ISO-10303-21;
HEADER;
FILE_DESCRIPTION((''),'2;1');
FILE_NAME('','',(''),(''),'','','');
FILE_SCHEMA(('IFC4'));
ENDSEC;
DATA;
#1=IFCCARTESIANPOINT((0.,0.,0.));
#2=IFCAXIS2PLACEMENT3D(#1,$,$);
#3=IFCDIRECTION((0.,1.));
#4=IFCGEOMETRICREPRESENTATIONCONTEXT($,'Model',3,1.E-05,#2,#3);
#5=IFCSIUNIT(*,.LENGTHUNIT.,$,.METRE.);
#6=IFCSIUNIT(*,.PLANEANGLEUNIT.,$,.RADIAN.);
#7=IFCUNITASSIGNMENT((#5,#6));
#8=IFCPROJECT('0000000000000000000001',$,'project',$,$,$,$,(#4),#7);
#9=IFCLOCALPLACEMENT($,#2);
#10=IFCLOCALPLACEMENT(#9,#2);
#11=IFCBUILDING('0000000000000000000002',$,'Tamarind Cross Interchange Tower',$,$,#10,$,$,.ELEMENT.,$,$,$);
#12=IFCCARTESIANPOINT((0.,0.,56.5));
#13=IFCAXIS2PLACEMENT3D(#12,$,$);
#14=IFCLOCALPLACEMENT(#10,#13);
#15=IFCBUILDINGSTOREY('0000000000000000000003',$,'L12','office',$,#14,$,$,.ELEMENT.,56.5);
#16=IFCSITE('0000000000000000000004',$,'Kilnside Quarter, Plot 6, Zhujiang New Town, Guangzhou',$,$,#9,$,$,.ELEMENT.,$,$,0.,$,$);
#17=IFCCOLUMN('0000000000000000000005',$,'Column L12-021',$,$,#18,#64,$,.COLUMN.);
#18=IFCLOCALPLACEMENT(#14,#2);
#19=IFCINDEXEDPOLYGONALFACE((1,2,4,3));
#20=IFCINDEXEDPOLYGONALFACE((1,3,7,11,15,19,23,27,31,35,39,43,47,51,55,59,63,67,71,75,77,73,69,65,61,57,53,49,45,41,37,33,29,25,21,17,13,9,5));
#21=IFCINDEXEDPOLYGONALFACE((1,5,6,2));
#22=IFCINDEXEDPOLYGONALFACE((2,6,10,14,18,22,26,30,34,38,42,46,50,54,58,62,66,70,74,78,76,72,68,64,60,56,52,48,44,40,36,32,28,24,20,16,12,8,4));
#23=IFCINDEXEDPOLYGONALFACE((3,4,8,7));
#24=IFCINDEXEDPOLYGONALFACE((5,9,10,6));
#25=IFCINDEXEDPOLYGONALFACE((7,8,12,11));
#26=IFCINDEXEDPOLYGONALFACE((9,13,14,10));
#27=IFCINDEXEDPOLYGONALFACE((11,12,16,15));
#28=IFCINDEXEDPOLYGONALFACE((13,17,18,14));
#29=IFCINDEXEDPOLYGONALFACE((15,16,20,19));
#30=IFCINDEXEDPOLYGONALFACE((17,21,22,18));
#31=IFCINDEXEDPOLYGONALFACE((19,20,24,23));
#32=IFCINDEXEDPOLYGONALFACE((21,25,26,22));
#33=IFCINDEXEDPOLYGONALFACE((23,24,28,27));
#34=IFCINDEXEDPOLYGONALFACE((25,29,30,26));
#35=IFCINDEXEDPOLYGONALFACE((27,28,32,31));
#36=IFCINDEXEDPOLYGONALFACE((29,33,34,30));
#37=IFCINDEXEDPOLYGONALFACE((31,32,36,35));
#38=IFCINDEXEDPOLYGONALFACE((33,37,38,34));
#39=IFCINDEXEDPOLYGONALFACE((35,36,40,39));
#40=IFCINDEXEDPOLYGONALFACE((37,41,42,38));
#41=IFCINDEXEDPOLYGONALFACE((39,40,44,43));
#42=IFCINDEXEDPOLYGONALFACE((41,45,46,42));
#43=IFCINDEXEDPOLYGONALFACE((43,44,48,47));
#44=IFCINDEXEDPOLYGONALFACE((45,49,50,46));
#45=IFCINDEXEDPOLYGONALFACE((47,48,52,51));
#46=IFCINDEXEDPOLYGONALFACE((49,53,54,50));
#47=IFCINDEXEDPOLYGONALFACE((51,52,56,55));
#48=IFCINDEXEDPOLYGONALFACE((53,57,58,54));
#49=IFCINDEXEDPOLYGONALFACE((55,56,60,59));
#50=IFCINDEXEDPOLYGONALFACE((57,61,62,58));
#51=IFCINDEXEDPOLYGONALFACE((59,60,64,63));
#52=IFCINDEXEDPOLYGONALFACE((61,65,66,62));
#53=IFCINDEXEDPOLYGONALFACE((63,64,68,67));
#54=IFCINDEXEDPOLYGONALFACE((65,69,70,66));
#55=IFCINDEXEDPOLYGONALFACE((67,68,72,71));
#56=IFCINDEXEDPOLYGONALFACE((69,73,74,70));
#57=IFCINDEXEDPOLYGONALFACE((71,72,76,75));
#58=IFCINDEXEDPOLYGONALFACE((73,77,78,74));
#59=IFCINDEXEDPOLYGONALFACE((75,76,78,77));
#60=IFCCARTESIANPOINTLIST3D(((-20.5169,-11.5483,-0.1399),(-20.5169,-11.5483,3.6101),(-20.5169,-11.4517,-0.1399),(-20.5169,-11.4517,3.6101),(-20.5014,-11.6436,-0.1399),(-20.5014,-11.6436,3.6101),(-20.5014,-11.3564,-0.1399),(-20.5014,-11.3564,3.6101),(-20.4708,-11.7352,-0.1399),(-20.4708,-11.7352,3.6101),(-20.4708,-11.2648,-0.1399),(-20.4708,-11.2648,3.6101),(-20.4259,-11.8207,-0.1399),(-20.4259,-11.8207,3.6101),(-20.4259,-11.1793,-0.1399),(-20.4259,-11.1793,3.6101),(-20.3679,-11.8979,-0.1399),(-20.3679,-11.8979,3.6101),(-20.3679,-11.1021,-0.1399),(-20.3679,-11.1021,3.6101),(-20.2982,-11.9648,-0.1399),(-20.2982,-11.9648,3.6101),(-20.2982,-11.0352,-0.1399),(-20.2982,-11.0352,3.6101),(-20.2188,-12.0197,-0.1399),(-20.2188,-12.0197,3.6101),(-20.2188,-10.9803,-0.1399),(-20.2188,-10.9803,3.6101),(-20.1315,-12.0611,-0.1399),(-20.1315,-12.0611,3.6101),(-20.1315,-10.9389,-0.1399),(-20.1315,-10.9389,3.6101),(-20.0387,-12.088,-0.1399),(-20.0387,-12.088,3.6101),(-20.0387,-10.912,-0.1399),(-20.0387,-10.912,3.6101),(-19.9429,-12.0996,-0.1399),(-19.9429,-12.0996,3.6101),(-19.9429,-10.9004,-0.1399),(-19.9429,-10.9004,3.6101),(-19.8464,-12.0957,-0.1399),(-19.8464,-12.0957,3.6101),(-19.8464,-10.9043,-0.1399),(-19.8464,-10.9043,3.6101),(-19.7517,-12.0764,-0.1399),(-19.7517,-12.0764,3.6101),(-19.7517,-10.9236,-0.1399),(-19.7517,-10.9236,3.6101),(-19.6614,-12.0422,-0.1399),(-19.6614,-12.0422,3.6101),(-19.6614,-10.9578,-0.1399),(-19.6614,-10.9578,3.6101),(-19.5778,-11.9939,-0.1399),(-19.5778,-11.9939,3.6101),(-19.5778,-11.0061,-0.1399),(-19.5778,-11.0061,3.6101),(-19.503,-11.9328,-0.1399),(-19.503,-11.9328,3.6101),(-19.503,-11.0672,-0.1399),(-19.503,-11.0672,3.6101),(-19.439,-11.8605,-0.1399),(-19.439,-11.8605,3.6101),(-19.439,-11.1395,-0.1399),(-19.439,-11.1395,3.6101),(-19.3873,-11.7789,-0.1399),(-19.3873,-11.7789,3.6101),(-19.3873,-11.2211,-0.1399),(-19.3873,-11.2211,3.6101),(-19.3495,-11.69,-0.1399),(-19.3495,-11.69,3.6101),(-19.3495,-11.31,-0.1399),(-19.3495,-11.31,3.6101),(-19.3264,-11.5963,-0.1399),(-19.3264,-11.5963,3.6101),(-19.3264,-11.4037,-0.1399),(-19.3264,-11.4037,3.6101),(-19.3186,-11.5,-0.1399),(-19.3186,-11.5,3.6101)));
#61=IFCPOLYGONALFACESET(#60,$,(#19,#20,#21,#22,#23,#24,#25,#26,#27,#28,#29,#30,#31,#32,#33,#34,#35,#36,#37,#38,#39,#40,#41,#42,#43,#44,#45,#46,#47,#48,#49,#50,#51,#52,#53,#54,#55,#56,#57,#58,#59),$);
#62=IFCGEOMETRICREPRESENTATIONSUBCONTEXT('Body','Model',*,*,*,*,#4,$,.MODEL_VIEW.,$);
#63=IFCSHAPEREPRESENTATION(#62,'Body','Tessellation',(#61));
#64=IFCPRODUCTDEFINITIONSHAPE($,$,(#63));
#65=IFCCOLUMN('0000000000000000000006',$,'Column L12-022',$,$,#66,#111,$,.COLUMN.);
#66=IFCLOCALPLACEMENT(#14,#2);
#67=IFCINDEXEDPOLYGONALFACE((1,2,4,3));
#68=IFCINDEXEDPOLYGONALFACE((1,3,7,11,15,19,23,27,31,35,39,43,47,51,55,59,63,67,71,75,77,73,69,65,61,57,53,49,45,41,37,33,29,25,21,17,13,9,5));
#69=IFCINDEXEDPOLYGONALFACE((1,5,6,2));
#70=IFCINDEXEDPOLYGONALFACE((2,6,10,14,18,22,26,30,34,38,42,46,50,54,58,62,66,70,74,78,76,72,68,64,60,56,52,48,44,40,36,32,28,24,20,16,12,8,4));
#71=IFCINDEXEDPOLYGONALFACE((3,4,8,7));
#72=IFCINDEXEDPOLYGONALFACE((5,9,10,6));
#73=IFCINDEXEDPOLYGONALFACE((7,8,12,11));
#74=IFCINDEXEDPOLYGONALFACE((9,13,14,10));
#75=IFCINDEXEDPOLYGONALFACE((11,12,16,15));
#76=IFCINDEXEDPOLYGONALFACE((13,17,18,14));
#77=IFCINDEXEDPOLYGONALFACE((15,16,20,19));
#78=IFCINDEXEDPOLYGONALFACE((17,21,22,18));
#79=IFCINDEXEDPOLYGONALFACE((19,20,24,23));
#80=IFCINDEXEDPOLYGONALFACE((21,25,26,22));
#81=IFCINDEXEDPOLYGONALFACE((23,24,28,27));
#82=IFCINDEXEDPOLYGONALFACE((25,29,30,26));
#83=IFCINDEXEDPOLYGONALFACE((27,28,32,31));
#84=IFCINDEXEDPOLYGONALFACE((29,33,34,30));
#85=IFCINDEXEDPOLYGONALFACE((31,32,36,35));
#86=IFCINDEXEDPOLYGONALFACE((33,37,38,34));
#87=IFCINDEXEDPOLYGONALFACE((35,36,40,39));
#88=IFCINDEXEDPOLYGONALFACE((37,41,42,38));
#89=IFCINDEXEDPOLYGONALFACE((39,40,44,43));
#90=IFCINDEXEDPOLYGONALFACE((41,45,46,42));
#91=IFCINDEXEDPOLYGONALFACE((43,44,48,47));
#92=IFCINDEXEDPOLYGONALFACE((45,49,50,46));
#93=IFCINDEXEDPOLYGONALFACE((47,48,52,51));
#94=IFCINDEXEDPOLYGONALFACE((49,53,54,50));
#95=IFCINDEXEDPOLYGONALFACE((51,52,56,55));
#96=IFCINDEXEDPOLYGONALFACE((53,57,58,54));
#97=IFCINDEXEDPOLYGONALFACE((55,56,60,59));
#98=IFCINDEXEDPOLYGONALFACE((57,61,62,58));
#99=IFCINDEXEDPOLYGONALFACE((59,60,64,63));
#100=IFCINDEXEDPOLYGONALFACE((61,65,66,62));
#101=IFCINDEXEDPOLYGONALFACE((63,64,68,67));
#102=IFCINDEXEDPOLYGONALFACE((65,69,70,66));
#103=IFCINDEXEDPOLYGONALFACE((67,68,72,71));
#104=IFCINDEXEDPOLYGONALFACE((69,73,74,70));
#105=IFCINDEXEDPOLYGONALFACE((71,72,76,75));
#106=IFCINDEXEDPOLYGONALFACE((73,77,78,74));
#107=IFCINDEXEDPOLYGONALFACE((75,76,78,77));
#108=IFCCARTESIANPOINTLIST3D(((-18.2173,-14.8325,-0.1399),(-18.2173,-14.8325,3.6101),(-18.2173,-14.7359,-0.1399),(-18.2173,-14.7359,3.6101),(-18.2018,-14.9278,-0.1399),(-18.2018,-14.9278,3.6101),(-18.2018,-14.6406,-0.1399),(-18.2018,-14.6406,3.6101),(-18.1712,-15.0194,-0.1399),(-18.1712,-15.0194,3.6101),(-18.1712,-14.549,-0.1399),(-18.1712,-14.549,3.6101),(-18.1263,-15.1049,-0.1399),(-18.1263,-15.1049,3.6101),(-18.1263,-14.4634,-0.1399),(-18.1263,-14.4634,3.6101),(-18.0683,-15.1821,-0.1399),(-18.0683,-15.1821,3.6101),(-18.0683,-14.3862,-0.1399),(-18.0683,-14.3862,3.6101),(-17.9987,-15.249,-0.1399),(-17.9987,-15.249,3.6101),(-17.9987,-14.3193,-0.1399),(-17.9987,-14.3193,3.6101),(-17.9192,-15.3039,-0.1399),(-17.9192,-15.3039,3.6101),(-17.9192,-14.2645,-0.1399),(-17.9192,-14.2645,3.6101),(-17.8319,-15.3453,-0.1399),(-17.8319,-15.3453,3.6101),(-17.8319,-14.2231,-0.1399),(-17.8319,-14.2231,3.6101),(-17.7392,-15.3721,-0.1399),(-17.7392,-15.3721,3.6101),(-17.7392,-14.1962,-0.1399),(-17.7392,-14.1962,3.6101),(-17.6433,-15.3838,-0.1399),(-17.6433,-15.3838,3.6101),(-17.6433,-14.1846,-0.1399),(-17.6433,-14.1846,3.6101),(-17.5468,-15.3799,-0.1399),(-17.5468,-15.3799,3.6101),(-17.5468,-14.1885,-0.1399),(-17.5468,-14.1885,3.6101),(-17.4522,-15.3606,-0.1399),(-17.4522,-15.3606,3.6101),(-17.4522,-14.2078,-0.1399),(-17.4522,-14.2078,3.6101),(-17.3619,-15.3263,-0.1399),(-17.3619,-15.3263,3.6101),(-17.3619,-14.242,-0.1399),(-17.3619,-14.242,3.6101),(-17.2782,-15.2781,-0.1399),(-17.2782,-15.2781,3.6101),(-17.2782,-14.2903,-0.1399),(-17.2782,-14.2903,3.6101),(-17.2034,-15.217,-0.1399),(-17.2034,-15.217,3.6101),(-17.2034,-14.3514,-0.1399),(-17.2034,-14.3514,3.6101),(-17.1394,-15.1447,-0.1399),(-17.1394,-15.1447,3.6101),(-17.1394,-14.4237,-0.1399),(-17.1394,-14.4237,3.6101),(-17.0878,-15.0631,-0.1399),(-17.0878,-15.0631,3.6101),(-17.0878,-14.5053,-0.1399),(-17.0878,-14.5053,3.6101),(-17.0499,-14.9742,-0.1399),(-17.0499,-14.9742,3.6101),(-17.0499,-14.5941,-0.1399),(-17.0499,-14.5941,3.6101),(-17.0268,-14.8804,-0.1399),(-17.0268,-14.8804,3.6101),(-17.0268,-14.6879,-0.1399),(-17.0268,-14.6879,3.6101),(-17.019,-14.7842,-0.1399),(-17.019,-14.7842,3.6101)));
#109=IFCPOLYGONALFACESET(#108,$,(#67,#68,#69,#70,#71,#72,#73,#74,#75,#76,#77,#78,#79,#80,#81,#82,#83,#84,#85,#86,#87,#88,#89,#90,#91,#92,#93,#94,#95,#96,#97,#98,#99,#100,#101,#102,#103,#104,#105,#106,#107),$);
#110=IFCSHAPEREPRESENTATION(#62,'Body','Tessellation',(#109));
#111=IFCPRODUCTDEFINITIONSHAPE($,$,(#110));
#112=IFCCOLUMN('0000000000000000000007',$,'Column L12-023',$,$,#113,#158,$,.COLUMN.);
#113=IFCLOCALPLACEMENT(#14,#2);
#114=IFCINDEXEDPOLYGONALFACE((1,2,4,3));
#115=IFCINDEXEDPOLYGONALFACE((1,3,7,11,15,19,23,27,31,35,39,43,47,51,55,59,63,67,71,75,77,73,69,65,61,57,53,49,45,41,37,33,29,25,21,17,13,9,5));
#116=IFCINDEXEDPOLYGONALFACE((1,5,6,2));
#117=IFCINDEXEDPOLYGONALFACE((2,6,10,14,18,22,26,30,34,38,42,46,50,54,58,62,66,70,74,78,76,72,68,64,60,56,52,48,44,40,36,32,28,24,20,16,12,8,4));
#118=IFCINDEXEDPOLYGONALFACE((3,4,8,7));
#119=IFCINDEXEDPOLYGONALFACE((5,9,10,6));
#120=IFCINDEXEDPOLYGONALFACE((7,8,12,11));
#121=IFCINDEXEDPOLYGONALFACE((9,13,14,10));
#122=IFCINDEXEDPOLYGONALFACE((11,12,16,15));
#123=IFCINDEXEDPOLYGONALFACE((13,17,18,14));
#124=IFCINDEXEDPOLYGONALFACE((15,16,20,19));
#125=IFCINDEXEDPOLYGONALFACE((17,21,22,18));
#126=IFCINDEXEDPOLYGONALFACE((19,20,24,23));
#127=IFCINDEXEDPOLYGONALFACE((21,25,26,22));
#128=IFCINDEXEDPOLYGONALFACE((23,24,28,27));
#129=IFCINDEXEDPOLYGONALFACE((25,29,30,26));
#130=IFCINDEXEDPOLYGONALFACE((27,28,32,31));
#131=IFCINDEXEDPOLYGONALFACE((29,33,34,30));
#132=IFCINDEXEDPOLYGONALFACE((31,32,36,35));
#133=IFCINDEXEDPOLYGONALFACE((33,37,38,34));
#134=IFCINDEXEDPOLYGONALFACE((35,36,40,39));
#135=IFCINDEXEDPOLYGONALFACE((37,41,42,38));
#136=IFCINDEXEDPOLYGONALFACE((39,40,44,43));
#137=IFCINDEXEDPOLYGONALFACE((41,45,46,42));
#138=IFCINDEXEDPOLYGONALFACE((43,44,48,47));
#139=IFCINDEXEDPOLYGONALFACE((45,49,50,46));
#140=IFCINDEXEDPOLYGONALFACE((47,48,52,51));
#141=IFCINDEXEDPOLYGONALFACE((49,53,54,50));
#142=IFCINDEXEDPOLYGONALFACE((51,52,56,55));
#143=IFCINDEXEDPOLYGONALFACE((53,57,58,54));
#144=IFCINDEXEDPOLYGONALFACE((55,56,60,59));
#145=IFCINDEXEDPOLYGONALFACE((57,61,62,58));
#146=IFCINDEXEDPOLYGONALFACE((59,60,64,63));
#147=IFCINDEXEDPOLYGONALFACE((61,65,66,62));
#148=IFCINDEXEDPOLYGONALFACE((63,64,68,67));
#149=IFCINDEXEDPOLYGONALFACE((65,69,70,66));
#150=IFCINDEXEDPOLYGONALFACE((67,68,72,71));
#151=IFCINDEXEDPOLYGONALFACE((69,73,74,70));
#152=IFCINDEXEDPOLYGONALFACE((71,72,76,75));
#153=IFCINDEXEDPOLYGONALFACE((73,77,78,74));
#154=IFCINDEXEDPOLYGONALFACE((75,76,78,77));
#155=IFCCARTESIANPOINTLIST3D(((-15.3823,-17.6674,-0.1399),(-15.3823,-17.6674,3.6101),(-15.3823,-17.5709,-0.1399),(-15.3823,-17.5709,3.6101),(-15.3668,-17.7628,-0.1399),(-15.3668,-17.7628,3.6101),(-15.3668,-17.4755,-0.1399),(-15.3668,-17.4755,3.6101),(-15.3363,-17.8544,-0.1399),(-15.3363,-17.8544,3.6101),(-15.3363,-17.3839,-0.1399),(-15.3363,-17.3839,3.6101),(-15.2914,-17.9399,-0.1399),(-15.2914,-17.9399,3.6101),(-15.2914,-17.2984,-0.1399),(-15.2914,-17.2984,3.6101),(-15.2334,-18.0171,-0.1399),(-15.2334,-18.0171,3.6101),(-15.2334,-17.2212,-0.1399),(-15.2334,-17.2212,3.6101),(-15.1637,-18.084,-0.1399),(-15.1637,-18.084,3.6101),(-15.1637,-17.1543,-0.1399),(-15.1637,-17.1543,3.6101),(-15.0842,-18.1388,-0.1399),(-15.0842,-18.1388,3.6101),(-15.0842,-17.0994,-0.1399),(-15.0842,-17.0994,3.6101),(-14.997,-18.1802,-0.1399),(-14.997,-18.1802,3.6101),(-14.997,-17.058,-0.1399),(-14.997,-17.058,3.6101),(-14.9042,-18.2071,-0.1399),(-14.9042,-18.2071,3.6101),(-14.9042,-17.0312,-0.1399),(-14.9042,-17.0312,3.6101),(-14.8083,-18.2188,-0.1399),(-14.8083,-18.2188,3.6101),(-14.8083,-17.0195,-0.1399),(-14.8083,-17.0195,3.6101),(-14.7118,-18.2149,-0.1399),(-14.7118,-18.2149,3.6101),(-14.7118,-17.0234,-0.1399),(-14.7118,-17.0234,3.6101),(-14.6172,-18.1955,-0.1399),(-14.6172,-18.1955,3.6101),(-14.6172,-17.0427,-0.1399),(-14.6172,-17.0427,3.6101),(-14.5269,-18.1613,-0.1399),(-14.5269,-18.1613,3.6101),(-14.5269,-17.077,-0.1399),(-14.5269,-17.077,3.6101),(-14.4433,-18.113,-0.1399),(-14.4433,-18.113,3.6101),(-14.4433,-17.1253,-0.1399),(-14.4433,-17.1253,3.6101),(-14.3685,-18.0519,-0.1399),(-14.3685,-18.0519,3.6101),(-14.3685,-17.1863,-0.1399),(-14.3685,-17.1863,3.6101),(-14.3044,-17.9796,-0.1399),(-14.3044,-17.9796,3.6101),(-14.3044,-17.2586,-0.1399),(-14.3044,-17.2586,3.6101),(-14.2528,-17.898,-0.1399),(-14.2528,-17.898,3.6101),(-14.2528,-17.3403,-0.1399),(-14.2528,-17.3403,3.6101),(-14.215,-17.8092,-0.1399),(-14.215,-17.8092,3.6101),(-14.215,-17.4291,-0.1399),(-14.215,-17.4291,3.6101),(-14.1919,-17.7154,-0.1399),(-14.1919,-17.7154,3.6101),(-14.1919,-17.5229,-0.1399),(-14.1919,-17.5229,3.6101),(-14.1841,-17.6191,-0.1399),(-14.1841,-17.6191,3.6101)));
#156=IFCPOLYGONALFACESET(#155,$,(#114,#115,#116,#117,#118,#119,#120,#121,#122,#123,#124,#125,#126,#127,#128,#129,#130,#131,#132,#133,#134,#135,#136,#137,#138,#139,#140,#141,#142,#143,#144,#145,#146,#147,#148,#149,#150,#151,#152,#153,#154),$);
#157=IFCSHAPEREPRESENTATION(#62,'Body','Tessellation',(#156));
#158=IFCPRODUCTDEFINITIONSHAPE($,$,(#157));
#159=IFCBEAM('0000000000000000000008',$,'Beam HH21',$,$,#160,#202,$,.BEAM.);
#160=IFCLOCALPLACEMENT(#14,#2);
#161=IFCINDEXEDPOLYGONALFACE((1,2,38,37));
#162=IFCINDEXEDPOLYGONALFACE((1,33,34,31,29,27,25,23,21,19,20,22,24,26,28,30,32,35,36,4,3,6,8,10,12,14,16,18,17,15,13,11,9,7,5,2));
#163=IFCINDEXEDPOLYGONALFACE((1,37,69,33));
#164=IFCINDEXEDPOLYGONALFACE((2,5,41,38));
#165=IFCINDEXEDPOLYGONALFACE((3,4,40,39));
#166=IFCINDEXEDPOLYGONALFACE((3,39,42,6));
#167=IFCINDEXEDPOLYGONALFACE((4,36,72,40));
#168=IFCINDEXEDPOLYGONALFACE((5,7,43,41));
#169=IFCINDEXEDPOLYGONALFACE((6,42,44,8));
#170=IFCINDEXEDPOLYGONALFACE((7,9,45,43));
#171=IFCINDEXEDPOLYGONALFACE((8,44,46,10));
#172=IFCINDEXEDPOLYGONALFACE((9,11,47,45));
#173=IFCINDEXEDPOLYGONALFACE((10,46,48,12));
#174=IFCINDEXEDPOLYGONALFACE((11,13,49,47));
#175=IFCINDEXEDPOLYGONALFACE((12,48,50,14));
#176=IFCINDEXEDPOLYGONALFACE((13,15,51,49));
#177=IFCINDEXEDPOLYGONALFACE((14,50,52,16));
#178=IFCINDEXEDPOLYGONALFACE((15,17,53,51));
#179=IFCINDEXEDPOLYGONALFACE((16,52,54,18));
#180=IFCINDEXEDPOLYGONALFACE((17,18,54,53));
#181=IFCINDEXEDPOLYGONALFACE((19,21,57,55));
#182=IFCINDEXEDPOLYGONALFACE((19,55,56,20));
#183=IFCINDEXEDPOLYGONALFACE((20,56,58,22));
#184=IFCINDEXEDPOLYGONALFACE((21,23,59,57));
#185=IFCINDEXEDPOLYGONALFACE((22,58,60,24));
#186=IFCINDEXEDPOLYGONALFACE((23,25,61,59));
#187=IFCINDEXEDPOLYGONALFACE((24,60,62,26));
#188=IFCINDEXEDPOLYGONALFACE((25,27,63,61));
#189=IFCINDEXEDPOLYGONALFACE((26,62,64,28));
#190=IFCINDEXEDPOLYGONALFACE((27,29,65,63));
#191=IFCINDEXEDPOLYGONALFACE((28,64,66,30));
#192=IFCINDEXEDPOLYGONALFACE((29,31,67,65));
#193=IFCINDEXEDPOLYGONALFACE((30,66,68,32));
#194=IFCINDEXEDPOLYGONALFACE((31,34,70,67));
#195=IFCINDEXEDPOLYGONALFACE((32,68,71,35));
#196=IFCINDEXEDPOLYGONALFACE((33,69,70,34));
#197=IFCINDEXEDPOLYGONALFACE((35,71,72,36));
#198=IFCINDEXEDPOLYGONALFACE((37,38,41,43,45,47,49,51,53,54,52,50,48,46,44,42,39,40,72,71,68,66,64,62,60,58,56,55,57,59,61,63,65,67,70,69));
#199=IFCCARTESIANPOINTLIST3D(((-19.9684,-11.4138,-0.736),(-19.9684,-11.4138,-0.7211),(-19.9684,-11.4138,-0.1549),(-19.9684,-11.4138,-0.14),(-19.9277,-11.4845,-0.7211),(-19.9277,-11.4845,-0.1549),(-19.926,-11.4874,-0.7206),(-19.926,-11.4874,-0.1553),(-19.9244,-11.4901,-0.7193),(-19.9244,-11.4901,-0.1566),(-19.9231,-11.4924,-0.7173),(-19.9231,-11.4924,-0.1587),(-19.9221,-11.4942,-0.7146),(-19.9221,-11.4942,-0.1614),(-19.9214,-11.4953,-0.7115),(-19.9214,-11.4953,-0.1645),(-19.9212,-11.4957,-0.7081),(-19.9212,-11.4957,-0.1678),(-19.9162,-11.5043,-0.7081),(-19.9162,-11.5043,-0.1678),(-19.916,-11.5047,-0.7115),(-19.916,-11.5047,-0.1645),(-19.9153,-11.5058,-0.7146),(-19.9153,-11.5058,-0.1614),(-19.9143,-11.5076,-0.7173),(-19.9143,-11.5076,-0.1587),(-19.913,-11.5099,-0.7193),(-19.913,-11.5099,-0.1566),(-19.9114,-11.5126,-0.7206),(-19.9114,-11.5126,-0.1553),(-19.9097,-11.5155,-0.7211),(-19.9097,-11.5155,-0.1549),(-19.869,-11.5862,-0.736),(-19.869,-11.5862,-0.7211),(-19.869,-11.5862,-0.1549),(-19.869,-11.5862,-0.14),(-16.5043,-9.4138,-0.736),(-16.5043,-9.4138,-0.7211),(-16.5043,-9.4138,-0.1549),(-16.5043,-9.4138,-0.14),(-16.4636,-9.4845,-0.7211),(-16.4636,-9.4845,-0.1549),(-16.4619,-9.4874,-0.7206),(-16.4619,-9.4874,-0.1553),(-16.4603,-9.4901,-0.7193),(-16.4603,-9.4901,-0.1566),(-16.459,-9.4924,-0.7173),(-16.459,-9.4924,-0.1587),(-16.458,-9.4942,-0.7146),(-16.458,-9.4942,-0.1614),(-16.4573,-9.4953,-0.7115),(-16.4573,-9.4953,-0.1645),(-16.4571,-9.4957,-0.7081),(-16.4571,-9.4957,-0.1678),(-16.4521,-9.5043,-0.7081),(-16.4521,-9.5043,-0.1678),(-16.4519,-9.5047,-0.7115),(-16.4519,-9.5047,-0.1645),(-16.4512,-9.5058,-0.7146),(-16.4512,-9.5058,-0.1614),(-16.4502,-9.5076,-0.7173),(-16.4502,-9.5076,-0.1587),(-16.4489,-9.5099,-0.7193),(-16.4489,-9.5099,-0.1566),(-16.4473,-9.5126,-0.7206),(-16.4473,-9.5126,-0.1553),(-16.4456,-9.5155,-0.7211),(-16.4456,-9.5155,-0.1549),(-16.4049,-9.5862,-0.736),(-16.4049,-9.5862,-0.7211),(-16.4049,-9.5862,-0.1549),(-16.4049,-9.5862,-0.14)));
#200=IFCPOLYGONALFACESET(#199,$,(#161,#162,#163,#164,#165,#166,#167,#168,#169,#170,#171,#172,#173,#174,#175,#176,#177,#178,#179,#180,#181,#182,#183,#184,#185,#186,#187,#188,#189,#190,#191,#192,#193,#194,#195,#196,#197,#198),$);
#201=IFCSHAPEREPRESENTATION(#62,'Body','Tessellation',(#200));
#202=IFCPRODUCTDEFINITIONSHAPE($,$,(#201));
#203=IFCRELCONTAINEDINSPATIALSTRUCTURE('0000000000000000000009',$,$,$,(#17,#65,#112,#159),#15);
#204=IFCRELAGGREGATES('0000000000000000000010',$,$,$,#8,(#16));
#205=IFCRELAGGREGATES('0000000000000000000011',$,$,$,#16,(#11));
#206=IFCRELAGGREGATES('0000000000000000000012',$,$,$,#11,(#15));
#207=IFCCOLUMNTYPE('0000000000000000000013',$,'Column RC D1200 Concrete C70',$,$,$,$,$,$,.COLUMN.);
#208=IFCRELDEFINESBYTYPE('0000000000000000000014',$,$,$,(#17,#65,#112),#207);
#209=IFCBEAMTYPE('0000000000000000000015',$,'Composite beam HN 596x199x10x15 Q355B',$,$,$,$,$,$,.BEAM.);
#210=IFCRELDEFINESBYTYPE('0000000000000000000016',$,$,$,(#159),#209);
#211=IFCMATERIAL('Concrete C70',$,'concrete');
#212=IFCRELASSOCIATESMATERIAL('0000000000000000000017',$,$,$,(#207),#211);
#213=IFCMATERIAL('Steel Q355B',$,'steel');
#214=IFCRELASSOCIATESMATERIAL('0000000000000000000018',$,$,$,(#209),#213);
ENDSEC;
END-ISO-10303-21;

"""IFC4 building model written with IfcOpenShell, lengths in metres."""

from ifc_helpers import new_model, si_unit, direction, frame, origin, origin_2d, place, context, subcontext, project, spatial, circle, i_section, extrude, material, material_profile, profile_set, type_object, element, save


model = new_model("IFC4")

# Units and contexts
model_context = context("Model", 3, precision=1e-05, world=origin(), true_north=direction((0.0, 1.0)))
body_context = subcontext(model_context, "Body", "Model", "MODEL_VIEW")
ifc_project = project(units=[si_unit("LENGTHUNIT", "METRE"), si_unit("PLANEANGLEUNIT", "RADIAN")], contexts=[model_context])

# Site, building, storey
site_placement = place(None, origin())
site = spatial("IfcSite", under=ifc_project, at=site_placement, Name="Kilnside Quarter, Plot 6, Zhujiang New Town, Guangzhou", CompositionType="ELEMENT", RefElevation=0.0)
building_placement = place(site_placement, origin())
building = spatial("IfcBuilding", under=site, at=building_placement, Name="Tamarind Cross Interchange Tower", CompositionType="ELEMENT")
storey_placement = place(building_placement, frame((0.0, 0.0, 56.5)))
storey = spatial("IfcBuildingStorey", under=building, at=storey_placement, Name="L12", Description="office", CompositionType="ELEMENT", Elevation=56.5)

# Columns
ifc_material_1 = material(Name="Concrete C70", Category="concrete")
ifc_material_profile_1 = material_profile(ifc_material_1, circle(Radius=0.6001, at=origin_2d()), Name="RC D1200")
ifc_profile_set_1 = profile_set([ifc_material_profile_1], Name="Concrete C70")
column_type = type_object("IfcColumnType", Name="Column RC D1200 Concrete C70", PredefinedType="COLUMN", material=ifc_profile_set_1)
for number, where, z_axis, x_axis, name in (
    (1, (-19.9187, -11.5, -0.1399), (0.0, 0.0, 1.0), (1.0, 0.0, 0.0), "Column L12-021"),
    (2, (-17.6191, -14.7842, -0.1399), (0.0, 0.0, 1.0), (1.0, 0.0, 0.0), "Column L12-022"),
    (3, (-14.7842, -17.6191, -0.1399), (0.0, 0.0, 1.0), (1.0, 0.0, 0.0), "Column L12-023"),
):
    element("IfcColumn", number, at=place(storey_placement, frame(where, z_axis=z_axis, x_axis=x_axis)), inside=storey, type_object=column_type, Name=name, PredefinedType="COLUMN", context=body_context, shape_type="SweptSolid", body=[
        extrude(circle(Radius=0.6001, at=origin_2d()), origin(), (0.0, 0.0, 1.0), 3.75),
    ])

# Beam
ifc_material_2 = material(Name="Steel Q355B", Category="steel")
ifc_material_profile_2 = material_profile(ifc_material_2, i_section(OverallWidth=0.199, OverallDepth=0.5959, WebThickness=0.01, FlangeThickness=0.0149, FilletRadius=0.0129, at=origin_2d()), Name="HN 596x199x10x15")
ifc_profile_set_2 = profile_set([ifc_material_profile_2], Name="Steel Q355B")
beam_type = type_object("IfcBeamType", Name="Composite beam HN 596x199x10x15 Q355B", PredefinedType="BEAM", material=ifc_profile_set_2)
beam_1_placement = place(storey_placement, frame((-19.9187, -11.5, -0.438), z_axis=(0.866026, 0.499999, 0.0), x_axis=(-0.499999, 0.866026, 0.0)))
element("IfcBeam", 4, at=beam_1_placement, inside=storey, type_object=beam_type, Name="Beam HH21", PredefinedType="BEAM", context=body_context, shape_type="SweptSolid", body=[
    extrude(i_section(OverallWidth=0.199, OverallDepth=0.5959, WebThickness=0.01, FlangeThickness=0.0149, FilletRadius=0.0129, at=origin_2d()), origin(), (0.0, 0.0, 1.0), 4.0),
])

save(model, "model.ifc")
